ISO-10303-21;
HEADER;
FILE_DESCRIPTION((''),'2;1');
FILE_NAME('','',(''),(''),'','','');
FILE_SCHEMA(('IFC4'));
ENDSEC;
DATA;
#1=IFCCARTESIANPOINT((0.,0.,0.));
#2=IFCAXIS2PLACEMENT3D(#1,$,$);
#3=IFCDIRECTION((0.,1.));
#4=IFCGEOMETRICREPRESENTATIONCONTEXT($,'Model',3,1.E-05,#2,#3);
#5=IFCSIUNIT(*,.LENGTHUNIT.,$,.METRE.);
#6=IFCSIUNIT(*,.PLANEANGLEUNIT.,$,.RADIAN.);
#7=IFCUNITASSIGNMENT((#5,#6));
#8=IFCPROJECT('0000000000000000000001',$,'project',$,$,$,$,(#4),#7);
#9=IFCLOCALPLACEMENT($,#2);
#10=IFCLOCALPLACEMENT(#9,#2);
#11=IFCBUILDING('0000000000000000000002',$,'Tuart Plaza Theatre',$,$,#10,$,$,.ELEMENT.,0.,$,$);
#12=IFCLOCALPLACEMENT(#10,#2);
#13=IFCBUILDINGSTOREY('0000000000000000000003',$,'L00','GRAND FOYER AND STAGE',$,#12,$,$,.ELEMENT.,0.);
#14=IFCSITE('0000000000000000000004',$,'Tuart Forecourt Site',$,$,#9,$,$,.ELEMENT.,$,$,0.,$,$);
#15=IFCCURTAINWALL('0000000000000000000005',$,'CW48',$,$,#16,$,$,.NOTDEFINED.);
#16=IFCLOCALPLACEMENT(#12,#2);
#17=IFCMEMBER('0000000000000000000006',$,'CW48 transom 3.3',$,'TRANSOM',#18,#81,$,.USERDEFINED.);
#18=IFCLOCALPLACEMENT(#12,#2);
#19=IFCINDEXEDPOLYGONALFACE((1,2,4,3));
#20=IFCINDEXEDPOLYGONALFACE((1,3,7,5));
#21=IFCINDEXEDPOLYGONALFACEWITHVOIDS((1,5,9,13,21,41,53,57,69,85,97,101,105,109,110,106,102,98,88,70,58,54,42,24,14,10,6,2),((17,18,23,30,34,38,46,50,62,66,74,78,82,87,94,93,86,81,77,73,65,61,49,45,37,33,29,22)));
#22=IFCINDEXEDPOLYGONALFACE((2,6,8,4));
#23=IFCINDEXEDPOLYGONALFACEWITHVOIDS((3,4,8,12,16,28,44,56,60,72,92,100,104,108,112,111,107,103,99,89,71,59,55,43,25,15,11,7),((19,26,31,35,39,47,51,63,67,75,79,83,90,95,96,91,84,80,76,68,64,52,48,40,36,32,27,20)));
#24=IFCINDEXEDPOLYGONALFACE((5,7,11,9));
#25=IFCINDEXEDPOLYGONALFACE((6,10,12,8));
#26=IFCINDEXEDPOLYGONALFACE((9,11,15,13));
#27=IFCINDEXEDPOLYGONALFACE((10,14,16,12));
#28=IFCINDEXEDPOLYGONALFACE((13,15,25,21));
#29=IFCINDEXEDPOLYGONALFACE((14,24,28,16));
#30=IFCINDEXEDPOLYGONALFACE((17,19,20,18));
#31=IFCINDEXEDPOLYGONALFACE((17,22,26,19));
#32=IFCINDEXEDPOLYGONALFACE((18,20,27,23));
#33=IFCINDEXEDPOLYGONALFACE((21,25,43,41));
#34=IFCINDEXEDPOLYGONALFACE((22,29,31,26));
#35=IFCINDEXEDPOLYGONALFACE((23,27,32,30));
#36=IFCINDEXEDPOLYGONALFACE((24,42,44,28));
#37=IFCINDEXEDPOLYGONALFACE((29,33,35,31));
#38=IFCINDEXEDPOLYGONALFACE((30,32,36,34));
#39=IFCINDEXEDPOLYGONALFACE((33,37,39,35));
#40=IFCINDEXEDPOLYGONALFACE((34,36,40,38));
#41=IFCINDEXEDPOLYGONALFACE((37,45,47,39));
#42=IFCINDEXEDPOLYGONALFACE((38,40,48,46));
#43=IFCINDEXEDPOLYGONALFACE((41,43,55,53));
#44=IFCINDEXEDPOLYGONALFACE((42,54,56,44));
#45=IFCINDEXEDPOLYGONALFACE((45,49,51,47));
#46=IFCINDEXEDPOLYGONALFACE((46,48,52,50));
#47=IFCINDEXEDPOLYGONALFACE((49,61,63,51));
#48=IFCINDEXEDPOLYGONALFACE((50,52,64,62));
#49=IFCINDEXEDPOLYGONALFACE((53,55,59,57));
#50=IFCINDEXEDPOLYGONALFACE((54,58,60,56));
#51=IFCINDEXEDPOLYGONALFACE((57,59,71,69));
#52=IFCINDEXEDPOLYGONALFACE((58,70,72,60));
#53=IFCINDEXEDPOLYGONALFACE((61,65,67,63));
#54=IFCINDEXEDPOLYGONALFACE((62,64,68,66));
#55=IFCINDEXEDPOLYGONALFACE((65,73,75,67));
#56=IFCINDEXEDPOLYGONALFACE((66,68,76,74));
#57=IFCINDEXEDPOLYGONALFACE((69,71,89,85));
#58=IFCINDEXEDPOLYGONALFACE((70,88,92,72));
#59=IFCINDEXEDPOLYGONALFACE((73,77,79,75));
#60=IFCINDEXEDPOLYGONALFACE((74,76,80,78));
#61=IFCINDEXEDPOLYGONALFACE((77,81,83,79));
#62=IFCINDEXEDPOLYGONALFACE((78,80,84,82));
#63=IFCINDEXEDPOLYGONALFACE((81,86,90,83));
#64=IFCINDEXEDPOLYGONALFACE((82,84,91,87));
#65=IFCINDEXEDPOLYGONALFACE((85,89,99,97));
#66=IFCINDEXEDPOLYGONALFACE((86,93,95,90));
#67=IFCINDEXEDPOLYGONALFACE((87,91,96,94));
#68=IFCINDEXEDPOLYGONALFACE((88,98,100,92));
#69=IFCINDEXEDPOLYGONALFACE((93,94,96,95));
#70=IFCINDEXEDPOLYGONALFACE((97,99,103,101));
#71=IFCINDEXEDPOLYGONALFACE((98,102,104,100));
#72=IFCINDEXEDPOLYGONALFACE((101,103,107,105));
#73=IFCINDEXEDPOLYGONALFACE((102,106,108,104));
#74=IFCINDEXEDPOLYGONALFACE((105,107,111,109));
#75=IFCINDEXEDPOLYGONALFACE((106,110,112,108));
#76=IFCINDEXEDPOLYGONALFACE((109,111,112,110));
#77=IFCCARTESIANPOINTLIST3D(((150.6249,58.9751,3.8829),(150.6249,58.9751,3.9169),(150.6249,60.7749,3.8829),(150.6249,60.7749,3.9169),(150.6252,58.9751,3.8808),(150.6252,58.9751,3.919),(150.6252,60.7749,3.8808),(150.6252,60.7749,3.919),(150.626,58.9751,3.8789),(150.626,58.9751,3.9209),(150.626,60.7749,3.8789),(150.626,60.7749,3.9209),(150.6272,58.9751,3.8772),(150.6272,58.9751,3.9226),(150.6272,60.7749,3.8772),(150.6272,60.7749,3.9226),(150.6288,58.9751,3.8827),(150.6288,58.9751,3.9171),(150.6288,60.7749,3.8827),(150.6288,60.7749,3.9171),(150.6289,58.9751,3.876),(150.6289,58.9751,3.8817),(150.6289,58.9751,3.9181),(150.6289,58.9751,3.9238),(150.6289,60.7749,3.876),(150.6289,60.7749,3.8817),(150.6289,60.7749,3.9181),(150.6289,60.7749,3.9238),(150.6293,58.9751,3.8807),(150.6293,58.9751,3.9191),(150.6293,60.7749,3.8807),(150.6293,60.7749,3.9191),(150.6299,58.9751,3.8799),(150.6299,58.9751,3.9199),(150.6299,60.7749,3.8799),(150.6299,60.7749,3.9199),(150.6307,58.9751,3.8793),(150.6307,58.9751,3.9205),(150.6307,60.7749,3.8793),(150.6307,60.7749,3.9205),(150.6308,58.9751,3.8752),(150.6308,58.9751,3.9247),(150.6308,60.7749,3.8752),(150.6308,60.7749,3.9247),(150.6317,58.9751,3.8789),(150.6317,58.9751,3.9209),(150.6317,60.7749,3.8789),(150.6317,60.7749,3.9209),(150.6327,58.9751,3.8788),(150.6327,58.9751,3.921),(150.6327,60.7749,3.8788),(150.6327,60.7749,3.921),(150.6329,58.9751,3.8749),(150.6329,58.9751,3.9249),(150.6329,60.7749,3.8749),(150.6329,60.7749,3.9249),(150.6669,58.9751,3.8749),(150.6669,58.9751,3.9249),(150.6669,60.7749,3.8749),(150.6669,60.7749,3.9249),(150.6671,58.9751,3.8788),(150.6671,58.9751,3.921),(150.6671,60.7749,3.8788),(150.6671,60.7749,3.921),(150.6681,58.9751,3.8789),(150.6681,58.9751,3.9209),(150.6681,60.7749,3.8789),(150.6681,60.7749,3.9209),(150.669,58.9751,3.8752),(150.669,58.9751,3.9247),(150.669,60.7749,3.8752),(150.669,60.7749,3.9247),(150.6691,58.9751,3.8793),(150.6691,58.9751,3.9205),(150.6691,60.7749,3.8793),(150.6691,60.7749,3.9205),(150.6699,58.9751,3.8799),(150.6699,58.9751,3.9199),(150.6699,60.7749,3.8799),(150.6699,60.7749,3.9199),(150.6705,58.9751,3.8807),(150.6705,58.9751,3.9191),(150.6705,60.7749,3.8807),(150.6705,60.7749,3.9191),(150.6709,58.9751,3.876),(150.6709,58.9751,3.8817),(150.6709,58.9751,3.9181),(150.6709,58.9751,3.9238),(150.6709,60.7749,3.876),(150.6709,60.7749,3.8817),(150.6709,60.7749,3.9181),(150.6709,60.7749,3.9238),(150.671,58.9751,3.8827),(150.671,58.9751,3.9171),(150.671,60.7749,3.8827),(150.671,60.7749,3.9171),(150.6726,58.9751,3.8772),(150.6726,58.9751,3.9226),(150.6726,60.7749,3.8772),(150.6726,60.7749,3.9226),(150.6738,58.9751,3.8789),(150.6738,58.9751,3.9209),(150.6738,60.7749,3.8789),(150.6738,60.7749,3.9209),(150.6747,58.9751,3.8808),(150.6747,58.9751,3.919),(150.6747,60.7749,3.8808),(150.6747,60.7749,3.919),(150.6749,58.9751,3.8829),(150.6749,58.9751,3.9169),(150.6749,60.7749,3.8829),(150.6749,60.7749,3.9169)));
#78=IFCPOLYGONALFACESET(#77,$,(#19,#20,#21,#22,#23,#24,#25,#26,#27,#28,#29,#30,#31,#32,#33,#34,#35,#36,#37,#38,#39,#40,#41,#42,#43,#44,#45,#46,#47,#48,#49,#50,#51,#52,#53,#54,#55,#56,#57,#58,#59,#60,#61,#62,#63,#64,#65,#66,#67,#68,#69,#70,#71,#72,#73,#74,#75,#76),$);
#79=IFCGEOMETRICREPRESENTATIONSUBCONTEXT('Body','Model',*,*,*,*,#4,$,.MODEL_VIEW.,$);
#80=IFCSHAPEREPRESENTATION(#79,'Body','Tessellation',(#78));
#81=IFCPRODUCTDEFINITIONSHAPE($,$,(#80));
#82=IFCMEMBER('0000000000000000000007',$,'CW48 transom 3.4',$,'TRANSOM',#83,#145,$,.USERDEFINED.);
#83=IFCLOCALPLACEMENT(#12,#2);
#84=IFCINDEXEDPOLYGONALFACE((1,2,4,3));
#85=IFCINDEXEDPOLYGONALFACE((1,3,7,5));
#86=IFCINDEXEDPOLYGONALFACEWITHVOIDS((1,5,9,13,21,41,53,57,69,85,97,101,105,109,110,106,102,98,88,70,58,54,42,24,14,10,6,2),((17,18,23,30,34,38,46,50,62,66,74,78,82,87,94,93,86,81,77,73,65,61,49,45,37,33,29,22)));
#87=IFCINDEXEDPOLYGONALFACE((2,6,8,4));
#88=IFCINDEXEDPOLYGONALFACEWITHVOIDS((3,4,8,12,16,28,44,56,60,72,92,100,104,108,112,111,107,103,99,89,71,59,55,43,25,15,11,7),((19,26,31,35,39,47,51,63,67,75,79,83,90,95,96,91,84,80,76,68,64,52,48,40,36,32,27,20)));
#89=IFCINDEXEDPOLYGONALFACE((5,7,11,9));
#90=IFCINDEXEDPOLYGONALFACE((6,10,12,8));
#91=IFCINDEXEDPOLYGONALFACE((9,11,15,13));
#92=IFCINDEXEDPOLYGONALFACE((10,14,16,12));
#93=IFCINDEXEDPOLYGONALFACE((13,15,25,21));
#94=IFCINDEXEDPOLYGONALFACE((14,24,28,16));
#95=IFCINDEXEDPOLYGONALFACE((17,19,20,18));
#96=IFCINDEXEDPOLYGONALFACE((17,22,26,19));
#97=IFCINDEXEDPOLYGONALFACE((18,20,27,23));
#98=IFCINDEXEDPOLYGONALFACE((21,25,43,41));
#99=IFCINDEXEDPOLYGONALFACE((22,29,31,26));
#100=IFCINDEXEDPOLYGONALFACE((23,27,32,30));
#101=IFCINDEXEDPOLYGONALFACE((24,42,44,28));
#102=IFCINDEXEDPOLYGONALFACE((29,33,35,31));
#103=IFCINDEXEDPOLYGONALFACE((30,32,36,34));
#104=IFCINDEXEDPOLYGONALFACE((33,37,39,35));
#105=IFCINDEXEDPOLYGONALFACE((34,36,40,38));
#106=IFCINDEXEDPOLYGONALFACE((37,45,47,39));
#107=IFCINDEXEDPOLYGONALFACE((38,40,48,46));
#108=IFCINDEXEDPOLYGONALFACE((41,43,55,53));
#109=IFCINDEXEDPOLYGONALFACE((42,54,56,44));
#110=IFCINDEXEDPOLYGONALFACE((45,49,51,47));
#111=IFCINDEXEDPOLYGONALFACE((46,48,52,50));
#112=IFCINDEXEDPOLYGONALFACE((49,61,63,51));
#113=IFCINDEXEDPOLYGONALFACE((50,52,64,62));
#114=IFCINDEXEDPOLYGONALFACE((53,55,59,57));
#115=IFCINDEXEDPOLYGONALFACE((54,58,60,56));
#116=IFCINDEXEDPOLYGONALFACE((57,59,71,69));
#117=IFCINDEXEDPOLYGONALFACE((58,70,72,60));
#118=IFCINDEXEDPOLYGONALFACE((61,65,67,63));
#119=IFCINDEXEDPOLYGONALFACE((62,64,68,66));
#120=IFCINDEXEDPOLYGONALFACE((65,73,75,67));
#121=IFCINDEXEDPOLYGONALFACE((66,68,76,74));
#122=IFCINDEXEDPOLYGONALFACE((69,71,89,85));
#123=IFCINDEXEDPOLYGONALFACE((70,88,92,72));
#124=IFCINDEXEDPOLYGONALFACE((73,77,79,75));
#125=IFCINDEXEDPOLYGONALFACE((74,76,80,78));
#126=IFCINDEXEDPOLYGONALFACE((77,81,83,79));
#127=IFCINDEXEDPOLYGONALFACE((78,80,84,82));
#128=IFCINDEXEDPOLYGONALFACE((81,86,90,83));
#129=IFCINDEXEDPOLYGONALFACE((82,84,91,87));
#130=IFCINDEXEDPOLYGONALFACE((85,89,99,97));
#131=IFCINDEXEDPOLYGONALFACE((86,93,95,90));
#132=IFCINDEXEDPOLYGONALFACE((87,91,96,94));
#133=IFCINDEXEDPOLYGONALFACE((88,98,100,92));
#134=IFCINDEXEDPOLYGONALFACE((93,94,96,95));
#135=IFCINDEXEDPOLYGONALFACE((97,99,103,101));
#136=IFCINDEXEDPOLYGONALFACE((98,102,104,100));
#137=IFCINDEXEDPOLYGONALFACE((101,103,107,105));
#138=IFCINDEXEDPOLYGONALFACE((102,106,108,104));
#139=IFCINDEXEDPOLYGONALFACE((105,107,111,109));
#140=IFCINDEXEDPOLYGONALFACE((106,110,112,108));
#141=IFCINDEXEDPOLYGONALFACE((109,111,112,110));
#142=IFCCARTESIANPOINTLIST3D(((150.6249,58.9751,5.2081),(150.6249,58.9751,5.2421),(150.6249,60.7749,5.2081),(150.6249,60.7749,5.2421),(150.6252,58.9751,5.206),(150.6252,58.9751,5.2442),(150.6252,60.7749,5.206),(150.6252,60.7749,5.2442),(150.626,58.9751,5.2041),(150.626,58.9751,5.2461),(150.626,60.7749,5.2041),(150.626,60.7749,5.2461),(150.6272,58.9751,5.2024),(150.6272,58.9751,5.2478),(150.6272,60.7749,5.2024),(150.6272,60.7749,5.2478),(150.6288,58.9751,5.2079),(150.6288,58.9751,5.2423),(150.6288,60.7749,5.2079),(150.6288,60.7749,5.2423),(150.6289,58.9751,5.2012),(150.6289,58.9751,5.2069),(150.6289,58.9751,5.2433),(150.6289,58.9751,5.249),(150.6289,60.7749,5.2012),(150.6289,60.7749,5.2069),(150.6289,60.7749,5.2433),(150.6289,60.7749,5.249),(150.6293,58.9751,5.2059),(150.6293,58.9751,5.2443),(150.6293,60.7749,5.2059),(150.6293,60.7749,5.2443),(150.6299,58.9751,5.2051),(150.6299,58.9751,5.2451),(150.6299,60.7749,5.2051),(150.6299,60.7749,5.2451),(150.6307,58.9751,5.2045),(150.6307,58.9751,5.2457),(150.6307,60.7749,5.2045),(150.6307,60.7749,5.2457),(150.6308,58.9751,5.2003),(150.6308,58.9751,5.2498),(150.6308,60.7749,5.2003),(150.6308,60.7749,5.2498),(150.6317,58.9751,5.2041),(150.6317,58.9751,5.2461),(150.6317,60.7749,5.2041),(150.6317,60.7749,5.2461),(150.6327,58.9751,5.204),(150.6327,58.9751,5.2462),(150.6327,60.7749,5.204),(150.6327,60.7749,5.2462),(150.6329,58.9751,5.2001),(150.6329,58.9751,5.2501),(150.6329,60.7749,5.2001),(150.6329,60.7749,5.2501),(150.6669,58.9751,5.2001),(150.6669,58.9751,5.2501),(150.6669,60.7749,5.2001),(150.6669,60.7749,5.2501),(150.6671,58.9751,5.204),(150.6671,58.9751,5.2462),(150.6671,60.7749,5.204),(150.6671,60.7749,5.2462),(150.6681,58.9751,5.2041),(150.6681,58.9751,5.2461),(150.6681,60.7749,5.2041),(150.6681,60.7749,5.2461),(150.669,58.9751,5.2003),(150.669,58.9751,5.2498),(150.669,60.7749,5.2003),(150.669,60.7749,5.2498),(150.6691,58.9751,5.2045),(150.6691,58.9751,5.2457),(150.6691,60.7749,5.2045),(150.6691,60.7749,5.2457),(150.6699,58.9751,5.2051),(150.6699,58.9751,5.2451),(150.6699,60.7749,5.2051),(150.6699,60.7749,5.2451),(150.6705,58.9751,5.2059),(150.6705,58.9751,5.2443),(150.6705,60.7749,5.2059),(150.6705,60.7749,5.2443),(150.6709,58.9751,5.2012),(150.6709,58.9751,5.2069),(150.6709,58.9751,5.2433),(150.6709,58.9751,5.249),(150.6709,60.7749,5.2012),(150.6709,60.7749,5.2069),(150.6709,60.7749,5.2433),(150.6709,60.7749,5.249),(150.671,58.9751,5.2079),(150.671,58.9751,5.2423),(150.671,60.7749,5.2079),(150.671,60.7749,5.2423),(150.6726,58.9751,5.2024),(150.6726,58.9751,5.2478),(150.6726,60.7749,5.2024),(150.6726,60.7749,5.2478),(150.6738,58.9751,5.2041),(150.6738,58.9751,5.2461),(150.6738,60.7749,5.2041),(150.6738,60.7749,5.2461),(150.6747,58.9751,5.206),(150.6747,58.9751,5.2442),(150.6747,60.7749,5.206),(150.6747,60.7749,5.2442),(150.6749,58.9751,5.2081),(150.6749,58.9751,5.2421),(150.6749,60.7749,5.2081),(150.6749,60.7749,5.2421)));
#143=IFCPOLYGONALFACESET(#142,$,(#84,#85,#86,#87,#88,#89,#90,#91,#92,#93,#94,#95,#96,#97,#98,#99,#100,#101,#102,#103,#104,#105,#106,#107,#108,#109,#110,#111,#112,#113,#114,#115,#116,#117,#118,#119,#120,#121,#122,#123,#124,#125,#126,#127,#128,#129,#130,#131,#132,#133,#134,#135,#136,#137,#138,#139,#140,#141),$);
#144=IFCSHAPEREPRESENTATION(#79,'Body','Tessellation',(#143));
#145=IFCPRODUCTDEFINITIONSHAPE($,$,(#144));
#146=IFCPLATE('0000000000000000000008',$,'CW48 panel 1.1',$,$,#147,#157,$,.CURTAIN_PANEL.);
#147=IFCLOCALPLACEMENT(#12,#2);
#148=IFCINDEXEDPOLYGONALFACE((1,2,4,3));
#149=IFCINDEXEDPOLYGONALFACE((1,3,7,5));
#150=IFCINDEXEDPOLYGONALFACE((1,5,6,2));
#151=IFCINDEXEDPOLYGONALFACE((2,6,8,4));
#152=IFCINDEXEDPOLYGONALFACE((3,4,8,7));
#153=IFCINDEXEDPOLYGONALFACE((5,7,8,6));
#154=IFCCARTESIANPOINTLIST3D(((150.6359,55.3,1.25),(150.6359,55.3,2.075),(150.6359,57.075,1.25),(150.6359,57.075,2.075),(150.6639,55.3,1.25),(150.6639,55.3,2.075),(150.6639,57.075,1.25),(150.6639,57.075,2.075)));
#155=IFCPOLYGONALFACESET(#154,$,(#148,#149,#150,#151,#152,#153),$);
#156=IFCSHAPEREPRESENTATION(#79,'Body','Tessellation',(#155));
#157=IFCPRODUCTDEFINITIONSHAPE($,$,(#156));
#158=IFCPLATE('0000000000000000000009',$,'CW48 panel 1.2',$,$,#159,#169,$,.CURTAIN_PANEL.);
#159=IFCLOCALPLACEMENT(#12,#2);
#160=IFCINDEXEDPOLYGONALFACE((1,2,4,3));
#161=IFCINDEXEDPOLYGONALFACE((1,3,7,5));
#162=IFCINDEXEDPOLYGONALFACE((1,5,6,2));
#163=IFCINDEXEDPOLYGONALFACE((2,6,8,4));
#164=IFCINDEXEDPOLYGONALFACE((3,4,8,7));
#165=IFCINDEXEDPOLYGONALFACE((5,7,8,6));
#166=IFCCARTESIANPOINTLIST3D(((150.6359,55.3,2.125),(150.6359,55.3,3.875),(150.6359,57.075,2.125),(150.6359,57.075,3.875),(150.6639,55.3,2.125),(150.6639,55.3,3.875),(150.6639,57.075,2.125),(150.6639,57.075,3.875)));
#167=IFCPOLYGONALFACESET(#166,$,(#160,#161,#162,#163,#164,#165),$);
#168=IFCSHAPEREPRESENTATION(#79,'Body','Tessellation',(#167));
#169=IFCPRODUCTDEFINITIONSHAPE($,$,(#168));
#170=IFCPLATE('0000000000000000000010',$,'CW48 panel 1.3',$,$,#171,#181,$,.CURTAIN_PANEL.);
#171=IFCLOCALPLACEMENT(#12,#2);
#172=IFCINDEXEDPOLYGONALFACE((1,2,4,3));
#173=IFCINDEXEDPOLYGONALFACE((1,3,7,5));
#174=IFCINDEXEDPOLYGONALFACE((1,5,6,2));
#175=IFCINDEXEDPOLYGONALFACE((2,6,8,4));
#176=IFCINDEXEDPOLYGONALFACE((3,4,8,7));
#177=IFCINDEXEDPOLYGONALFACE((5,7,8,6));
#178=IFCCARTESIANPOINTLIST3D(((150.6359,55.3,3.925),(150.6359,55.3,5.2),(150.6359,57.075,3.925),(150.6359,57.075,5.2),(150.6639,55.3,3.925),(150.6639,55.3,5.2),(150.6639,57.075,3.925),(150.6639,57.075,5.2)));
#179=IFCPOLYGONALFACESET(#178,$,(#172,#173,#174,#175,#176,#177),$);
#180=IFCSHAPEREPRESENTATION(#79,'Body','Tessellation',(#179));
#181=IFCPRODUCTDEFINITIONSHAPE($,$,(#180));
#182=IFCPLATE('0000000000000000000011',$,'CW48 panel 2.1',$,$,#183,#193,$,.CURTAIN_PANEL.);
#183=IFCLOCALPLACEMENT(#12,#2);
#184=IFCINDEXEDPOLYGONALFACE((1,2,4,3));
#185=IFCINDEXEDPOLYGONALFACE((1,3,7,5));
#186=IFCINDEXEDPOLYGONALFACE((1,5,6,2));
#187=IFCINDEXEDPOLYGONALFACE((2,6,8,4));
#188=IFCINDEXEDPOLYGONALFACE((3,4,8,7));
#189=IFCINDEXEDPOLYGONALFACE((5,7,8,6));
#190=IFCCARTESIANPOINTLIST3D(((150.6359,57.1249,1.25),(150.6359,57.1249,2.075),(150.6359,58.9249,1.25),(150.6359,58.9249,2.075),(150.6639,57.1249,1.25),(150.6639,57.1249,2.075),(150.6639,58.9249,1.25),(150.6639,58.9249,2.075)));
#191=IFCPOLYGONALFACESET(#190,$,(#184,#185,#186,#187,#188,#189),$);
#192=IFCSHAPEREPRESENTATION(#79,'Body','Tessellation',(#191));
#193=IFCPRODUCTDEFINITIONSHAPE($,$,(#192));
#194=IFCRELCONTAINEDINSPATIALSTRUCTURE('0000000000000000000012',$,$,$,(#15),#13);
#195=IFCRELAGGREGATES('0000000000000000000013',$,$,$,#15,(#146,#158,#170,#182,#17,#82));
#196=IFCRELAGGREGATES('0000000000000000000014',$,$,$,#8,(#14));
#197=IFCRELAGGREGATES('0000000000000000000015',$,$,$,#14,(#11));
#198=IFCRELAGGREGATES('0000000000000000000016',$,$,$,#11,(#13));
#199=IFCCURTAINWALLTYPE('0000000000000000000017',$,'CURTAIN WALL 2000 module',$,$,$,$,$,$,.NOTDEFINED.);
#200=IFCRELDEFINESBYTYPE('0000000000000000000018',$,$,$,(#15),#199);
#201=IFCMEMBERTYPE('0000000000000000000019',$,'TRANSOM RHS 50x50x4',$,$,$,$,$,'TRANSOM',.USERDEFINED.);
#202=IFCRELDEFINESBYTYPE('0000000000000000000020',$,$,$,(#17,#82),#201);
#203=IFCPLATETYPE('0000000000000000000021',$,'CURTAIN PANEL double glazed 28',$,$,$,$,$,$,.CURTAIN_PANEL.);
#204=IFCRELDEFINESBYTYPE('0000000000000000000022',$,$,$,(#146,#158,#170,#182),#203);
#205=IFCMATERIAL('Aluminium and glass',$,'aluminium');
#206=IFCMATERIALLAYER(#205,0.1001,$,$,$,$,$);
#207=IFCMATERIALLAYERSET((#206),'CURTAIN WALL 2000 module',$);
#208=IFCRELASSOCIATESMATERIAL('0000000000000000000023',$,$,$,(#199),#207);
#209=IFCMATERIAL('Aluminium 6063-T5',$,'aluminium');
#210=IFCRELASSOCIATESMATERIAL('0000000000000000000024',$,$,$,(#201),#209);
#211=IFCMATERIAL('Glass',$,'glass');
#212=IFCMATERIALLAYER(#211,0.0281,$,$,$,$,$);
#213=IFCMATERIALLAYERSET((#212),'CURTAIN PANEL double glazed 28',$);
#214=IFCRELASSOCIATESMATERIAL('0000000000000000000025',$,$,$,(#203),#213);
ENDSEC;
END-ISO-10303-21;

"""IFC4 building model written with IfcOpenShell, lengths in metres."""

from ifc_helpers import new_model, si_unit, direction, frame, origin, origin_2d, place, context, subcontext, project, spatial, rectangle, hollow_rectangle, extrude, material, layer, layer_set, material_profile, profile_set, type_object, element, aggregate, save


model = new_model("IFC4")

# Units and contexts
model_context = context("Model", 3, precision=1e-05, world=origin(), true_north=direction((0.0, 1.0)))
body_context = subcontext(model_context, "Body", "Model", "MODEL_VIEW")
ifc_project = project(units=[si_unit("LENGTHUNIT", "METRE"), si_unit("PLANEANGLEUNIT", "RADIAN")], contexts=[model_context])

# Site, building, storey
site_placement = place(None, origin())
site = spatial("IfcSite", under=ifc_project, at=site_placement, Name="Tuart Forecourt Site", CompositionType="ELEMENT", RefElevation=0.0)
building_placement = place(site_placement, origin())
building = spatial("IfcBuilding", under=site, at=building_placement, Name="Tuart Plaza Theatre", CompositionType="ELEMENT", ElevationOfRefHeight=0.0)
storey_placement = place(building_placement, origin())
storey = spatial("IfcBuildingStorey", under=building, at=storey_placement, Name="L00", Description="GRAND FOYER AND STAGE", CompositionType="ELEMENT", Elevation=0.0)

# Curtain wall
ifc_material_1 = material(Name="Aluminium and glass", Category="aluminium")
ifc_layer_1 = layer(ifc_material_1, 0.1001)
ifc_layer_set_1 = layer_set([ifc_layer_1], Name="CURTAIN WALL 2000 module")
curtain_wall_type_1 = type_object("IfcCurtainWallType", Name="CURTAIN WALL 2000 module", PredefinedType="NOTDEFINED", material=ifc_layer_set_1)
curtain_wall_1_placement = place(storey_placement, origin())
curtain_wall_1 = element("IfcCurtainWall", 1, at=curtain_wall_1_placement, inside=storey, type_object=curtain_wall_type_1, Name="CW48", PredefinedType="NOTDEFINED")

# Members
ifc_material_2 = material(Name="Aluminium 6063-T5", Category="aluminium")
ifc_material_profile_1 = material_profile(ifc_material_2, hollow_rectangle(XDim=0.05, YDim=0.05, WallThickness=0.0039, InnerFilletRadius=0.0039, OuterFilletRadius=0.0081, at=origin_2d()), Name="RHS 50x50x4")
ifc_profile_set_1 = profile_set([ifc_material_profile_1], Name="Aluminium 6063-T5")
member_type_1 = type_object("IfcMemberType", Name="TRANSOM RHS 50x50x4", ElementType="TRANSOM", PredefinedType="USERDEFINED", material=ifc_profile_set_1)
member_1_placement = place(storey_placement, frame((150.6499, 58.9751, 3.8999), z_axis=(0.0, 1.0, 0.0), x_axis=(-1.0, 0.0, 0.0)))
member_1 = element("IfcMember", 2, at=member_1_placement, type_object=member_type_1, Name="CW48 transom 3.3", ObjectType="TRANSOM", PredefinedType="USERDEFINED", context=body_context, shape_type="SweptSolid", body=[
    extrude(hollow_rectangle(XDim=0.05, YDim=0.05, WallThickness=0.0039, InnerFilletRadius=0.0039, OuterFilletRadius=0.0081, at=origin_2d()), origin(), (0.0, 0.0, 1.0), 1.7998),
])
member_2_placement = place(storey_placement, frame((150.6499, 58.9751, 5.2251), z_axis=(0.0, 1.0, 0.0), x_axis=(-1.0, 0.0, 0.0)))
member_2 = element("IfcMember", 3, at=member_2_placement, type_object=member_type_1, Name="CW48 transom 3.4", ObjectType="TRANSOM", PredefinedType="USERDEFINED", context=body_context, shape_type="SweptSolid", body=[
    extrude(hollow_rectangle(XDim=0.05, YDim=0.05, WallThickness=0.0039, InnerFilletRadius=0.0039, OuterFilletRadius=0.0081, at=origin_2d()), origin(), (0.0, 0.0, 1.0), 1.7998),
])

# Plates
ifc_material_3 = material(Name="Glass", Category="glass")
ifc_layer_2 = layer(ifc_material_3, 0.0281)
ifc_layer_set_2 = layer_set([ifc_layer_2], Name="CURTAIN PANEL double glazed 28")
plate_type = type_object("IfcPlateType", Name="CURTAIN PANEL double glazed 28", PredefinedType="CURTAIN_PANEL", material=ifc_layer_set_2)
plate_1_placement = place(storey_placement, frame((150.6499, 56.1875, 1.25), z_axis=(0.0, 0.0, 1.0), x_axis=(0.0, 1.0, 0.0)))
plate_1 = element("IfcPlate", 4, at=plate_1_placement, type_object=plate_type, Name="CW48 panel 1.1", PredefinedType="CURTAIN_PANEL", context=body_context, shape_type="SweptSolid", body=[
    extrude(rectangle(XDim=1.7749, YDim=0.0281, at=origin_2d()), origin(), (0.0, 0.0, 1.0), 0.825),
])
plate_2_placement = place(storey_placement, frame((150.6499, 56.1875, 2.125), z_axis=(0.0, 0.0, 1.0), x_axis=(0.0, 1.0, 0.0)))
plate_2 = element("IfcPlate", 5, at=plate_2_placement, type_object=plate_type, Name="CW48 panel 1.2", PredefinedType="CURTAIN_PANEL", context=body_context, shape_type="SweptSolid", body=[
    extrude(rectangle(XDim=1.7749, YDim=0.0281, at=origin_2d()), origin(), (0.0, 0.0, 1.0), 1.75),
])
plate_3_placement = place(storey_placement, frame((150.6499, 56.1875, 3.925), z_axis=(0.0, 0.0, 1.0), x_axis=(0.0, 1.0, 0.0)))
plate_3 = element("IfcPlate", 6, at=plate_3_placement, type_object=plate_type, Name="CW48 panel 1.3", PredefinedType="CURTAIN_PANEL", context=body_context, shape_type="SweptSolid", body=[
    extrude(rectangle(XDim=1.7749, YDim=0.0281, at=origin_2d()), origin(), (0.0, 0.0, 1.0), 1.2749),
])
plate_4_placement = place(storey_placement, frame((150.6499, 58.0249, 1.25), z_axis=(0.0, 0.0, 1.0), x_axis=(0.0, 1.0, 0.0)))
plate_4 = element("IfcPlate", 7, at=plate_4_placement, type_object=plate_type, Name="CW48 panel 2.1", PredefinedType="CURTAIN_PANEL", context=body_context, shape_type="SweptSolid", body=[
    extrude(rectangle(XDim=1.8, YDim=0.0281, at=origin_2d()), origin(), (0.0, 0.0, 1.0), 0.825),
])
aggregate(curtain_wall_1, [plate_1, plate_2, plate_3, plate_4, member_1, member_2])

save(model, "model.ifc")
